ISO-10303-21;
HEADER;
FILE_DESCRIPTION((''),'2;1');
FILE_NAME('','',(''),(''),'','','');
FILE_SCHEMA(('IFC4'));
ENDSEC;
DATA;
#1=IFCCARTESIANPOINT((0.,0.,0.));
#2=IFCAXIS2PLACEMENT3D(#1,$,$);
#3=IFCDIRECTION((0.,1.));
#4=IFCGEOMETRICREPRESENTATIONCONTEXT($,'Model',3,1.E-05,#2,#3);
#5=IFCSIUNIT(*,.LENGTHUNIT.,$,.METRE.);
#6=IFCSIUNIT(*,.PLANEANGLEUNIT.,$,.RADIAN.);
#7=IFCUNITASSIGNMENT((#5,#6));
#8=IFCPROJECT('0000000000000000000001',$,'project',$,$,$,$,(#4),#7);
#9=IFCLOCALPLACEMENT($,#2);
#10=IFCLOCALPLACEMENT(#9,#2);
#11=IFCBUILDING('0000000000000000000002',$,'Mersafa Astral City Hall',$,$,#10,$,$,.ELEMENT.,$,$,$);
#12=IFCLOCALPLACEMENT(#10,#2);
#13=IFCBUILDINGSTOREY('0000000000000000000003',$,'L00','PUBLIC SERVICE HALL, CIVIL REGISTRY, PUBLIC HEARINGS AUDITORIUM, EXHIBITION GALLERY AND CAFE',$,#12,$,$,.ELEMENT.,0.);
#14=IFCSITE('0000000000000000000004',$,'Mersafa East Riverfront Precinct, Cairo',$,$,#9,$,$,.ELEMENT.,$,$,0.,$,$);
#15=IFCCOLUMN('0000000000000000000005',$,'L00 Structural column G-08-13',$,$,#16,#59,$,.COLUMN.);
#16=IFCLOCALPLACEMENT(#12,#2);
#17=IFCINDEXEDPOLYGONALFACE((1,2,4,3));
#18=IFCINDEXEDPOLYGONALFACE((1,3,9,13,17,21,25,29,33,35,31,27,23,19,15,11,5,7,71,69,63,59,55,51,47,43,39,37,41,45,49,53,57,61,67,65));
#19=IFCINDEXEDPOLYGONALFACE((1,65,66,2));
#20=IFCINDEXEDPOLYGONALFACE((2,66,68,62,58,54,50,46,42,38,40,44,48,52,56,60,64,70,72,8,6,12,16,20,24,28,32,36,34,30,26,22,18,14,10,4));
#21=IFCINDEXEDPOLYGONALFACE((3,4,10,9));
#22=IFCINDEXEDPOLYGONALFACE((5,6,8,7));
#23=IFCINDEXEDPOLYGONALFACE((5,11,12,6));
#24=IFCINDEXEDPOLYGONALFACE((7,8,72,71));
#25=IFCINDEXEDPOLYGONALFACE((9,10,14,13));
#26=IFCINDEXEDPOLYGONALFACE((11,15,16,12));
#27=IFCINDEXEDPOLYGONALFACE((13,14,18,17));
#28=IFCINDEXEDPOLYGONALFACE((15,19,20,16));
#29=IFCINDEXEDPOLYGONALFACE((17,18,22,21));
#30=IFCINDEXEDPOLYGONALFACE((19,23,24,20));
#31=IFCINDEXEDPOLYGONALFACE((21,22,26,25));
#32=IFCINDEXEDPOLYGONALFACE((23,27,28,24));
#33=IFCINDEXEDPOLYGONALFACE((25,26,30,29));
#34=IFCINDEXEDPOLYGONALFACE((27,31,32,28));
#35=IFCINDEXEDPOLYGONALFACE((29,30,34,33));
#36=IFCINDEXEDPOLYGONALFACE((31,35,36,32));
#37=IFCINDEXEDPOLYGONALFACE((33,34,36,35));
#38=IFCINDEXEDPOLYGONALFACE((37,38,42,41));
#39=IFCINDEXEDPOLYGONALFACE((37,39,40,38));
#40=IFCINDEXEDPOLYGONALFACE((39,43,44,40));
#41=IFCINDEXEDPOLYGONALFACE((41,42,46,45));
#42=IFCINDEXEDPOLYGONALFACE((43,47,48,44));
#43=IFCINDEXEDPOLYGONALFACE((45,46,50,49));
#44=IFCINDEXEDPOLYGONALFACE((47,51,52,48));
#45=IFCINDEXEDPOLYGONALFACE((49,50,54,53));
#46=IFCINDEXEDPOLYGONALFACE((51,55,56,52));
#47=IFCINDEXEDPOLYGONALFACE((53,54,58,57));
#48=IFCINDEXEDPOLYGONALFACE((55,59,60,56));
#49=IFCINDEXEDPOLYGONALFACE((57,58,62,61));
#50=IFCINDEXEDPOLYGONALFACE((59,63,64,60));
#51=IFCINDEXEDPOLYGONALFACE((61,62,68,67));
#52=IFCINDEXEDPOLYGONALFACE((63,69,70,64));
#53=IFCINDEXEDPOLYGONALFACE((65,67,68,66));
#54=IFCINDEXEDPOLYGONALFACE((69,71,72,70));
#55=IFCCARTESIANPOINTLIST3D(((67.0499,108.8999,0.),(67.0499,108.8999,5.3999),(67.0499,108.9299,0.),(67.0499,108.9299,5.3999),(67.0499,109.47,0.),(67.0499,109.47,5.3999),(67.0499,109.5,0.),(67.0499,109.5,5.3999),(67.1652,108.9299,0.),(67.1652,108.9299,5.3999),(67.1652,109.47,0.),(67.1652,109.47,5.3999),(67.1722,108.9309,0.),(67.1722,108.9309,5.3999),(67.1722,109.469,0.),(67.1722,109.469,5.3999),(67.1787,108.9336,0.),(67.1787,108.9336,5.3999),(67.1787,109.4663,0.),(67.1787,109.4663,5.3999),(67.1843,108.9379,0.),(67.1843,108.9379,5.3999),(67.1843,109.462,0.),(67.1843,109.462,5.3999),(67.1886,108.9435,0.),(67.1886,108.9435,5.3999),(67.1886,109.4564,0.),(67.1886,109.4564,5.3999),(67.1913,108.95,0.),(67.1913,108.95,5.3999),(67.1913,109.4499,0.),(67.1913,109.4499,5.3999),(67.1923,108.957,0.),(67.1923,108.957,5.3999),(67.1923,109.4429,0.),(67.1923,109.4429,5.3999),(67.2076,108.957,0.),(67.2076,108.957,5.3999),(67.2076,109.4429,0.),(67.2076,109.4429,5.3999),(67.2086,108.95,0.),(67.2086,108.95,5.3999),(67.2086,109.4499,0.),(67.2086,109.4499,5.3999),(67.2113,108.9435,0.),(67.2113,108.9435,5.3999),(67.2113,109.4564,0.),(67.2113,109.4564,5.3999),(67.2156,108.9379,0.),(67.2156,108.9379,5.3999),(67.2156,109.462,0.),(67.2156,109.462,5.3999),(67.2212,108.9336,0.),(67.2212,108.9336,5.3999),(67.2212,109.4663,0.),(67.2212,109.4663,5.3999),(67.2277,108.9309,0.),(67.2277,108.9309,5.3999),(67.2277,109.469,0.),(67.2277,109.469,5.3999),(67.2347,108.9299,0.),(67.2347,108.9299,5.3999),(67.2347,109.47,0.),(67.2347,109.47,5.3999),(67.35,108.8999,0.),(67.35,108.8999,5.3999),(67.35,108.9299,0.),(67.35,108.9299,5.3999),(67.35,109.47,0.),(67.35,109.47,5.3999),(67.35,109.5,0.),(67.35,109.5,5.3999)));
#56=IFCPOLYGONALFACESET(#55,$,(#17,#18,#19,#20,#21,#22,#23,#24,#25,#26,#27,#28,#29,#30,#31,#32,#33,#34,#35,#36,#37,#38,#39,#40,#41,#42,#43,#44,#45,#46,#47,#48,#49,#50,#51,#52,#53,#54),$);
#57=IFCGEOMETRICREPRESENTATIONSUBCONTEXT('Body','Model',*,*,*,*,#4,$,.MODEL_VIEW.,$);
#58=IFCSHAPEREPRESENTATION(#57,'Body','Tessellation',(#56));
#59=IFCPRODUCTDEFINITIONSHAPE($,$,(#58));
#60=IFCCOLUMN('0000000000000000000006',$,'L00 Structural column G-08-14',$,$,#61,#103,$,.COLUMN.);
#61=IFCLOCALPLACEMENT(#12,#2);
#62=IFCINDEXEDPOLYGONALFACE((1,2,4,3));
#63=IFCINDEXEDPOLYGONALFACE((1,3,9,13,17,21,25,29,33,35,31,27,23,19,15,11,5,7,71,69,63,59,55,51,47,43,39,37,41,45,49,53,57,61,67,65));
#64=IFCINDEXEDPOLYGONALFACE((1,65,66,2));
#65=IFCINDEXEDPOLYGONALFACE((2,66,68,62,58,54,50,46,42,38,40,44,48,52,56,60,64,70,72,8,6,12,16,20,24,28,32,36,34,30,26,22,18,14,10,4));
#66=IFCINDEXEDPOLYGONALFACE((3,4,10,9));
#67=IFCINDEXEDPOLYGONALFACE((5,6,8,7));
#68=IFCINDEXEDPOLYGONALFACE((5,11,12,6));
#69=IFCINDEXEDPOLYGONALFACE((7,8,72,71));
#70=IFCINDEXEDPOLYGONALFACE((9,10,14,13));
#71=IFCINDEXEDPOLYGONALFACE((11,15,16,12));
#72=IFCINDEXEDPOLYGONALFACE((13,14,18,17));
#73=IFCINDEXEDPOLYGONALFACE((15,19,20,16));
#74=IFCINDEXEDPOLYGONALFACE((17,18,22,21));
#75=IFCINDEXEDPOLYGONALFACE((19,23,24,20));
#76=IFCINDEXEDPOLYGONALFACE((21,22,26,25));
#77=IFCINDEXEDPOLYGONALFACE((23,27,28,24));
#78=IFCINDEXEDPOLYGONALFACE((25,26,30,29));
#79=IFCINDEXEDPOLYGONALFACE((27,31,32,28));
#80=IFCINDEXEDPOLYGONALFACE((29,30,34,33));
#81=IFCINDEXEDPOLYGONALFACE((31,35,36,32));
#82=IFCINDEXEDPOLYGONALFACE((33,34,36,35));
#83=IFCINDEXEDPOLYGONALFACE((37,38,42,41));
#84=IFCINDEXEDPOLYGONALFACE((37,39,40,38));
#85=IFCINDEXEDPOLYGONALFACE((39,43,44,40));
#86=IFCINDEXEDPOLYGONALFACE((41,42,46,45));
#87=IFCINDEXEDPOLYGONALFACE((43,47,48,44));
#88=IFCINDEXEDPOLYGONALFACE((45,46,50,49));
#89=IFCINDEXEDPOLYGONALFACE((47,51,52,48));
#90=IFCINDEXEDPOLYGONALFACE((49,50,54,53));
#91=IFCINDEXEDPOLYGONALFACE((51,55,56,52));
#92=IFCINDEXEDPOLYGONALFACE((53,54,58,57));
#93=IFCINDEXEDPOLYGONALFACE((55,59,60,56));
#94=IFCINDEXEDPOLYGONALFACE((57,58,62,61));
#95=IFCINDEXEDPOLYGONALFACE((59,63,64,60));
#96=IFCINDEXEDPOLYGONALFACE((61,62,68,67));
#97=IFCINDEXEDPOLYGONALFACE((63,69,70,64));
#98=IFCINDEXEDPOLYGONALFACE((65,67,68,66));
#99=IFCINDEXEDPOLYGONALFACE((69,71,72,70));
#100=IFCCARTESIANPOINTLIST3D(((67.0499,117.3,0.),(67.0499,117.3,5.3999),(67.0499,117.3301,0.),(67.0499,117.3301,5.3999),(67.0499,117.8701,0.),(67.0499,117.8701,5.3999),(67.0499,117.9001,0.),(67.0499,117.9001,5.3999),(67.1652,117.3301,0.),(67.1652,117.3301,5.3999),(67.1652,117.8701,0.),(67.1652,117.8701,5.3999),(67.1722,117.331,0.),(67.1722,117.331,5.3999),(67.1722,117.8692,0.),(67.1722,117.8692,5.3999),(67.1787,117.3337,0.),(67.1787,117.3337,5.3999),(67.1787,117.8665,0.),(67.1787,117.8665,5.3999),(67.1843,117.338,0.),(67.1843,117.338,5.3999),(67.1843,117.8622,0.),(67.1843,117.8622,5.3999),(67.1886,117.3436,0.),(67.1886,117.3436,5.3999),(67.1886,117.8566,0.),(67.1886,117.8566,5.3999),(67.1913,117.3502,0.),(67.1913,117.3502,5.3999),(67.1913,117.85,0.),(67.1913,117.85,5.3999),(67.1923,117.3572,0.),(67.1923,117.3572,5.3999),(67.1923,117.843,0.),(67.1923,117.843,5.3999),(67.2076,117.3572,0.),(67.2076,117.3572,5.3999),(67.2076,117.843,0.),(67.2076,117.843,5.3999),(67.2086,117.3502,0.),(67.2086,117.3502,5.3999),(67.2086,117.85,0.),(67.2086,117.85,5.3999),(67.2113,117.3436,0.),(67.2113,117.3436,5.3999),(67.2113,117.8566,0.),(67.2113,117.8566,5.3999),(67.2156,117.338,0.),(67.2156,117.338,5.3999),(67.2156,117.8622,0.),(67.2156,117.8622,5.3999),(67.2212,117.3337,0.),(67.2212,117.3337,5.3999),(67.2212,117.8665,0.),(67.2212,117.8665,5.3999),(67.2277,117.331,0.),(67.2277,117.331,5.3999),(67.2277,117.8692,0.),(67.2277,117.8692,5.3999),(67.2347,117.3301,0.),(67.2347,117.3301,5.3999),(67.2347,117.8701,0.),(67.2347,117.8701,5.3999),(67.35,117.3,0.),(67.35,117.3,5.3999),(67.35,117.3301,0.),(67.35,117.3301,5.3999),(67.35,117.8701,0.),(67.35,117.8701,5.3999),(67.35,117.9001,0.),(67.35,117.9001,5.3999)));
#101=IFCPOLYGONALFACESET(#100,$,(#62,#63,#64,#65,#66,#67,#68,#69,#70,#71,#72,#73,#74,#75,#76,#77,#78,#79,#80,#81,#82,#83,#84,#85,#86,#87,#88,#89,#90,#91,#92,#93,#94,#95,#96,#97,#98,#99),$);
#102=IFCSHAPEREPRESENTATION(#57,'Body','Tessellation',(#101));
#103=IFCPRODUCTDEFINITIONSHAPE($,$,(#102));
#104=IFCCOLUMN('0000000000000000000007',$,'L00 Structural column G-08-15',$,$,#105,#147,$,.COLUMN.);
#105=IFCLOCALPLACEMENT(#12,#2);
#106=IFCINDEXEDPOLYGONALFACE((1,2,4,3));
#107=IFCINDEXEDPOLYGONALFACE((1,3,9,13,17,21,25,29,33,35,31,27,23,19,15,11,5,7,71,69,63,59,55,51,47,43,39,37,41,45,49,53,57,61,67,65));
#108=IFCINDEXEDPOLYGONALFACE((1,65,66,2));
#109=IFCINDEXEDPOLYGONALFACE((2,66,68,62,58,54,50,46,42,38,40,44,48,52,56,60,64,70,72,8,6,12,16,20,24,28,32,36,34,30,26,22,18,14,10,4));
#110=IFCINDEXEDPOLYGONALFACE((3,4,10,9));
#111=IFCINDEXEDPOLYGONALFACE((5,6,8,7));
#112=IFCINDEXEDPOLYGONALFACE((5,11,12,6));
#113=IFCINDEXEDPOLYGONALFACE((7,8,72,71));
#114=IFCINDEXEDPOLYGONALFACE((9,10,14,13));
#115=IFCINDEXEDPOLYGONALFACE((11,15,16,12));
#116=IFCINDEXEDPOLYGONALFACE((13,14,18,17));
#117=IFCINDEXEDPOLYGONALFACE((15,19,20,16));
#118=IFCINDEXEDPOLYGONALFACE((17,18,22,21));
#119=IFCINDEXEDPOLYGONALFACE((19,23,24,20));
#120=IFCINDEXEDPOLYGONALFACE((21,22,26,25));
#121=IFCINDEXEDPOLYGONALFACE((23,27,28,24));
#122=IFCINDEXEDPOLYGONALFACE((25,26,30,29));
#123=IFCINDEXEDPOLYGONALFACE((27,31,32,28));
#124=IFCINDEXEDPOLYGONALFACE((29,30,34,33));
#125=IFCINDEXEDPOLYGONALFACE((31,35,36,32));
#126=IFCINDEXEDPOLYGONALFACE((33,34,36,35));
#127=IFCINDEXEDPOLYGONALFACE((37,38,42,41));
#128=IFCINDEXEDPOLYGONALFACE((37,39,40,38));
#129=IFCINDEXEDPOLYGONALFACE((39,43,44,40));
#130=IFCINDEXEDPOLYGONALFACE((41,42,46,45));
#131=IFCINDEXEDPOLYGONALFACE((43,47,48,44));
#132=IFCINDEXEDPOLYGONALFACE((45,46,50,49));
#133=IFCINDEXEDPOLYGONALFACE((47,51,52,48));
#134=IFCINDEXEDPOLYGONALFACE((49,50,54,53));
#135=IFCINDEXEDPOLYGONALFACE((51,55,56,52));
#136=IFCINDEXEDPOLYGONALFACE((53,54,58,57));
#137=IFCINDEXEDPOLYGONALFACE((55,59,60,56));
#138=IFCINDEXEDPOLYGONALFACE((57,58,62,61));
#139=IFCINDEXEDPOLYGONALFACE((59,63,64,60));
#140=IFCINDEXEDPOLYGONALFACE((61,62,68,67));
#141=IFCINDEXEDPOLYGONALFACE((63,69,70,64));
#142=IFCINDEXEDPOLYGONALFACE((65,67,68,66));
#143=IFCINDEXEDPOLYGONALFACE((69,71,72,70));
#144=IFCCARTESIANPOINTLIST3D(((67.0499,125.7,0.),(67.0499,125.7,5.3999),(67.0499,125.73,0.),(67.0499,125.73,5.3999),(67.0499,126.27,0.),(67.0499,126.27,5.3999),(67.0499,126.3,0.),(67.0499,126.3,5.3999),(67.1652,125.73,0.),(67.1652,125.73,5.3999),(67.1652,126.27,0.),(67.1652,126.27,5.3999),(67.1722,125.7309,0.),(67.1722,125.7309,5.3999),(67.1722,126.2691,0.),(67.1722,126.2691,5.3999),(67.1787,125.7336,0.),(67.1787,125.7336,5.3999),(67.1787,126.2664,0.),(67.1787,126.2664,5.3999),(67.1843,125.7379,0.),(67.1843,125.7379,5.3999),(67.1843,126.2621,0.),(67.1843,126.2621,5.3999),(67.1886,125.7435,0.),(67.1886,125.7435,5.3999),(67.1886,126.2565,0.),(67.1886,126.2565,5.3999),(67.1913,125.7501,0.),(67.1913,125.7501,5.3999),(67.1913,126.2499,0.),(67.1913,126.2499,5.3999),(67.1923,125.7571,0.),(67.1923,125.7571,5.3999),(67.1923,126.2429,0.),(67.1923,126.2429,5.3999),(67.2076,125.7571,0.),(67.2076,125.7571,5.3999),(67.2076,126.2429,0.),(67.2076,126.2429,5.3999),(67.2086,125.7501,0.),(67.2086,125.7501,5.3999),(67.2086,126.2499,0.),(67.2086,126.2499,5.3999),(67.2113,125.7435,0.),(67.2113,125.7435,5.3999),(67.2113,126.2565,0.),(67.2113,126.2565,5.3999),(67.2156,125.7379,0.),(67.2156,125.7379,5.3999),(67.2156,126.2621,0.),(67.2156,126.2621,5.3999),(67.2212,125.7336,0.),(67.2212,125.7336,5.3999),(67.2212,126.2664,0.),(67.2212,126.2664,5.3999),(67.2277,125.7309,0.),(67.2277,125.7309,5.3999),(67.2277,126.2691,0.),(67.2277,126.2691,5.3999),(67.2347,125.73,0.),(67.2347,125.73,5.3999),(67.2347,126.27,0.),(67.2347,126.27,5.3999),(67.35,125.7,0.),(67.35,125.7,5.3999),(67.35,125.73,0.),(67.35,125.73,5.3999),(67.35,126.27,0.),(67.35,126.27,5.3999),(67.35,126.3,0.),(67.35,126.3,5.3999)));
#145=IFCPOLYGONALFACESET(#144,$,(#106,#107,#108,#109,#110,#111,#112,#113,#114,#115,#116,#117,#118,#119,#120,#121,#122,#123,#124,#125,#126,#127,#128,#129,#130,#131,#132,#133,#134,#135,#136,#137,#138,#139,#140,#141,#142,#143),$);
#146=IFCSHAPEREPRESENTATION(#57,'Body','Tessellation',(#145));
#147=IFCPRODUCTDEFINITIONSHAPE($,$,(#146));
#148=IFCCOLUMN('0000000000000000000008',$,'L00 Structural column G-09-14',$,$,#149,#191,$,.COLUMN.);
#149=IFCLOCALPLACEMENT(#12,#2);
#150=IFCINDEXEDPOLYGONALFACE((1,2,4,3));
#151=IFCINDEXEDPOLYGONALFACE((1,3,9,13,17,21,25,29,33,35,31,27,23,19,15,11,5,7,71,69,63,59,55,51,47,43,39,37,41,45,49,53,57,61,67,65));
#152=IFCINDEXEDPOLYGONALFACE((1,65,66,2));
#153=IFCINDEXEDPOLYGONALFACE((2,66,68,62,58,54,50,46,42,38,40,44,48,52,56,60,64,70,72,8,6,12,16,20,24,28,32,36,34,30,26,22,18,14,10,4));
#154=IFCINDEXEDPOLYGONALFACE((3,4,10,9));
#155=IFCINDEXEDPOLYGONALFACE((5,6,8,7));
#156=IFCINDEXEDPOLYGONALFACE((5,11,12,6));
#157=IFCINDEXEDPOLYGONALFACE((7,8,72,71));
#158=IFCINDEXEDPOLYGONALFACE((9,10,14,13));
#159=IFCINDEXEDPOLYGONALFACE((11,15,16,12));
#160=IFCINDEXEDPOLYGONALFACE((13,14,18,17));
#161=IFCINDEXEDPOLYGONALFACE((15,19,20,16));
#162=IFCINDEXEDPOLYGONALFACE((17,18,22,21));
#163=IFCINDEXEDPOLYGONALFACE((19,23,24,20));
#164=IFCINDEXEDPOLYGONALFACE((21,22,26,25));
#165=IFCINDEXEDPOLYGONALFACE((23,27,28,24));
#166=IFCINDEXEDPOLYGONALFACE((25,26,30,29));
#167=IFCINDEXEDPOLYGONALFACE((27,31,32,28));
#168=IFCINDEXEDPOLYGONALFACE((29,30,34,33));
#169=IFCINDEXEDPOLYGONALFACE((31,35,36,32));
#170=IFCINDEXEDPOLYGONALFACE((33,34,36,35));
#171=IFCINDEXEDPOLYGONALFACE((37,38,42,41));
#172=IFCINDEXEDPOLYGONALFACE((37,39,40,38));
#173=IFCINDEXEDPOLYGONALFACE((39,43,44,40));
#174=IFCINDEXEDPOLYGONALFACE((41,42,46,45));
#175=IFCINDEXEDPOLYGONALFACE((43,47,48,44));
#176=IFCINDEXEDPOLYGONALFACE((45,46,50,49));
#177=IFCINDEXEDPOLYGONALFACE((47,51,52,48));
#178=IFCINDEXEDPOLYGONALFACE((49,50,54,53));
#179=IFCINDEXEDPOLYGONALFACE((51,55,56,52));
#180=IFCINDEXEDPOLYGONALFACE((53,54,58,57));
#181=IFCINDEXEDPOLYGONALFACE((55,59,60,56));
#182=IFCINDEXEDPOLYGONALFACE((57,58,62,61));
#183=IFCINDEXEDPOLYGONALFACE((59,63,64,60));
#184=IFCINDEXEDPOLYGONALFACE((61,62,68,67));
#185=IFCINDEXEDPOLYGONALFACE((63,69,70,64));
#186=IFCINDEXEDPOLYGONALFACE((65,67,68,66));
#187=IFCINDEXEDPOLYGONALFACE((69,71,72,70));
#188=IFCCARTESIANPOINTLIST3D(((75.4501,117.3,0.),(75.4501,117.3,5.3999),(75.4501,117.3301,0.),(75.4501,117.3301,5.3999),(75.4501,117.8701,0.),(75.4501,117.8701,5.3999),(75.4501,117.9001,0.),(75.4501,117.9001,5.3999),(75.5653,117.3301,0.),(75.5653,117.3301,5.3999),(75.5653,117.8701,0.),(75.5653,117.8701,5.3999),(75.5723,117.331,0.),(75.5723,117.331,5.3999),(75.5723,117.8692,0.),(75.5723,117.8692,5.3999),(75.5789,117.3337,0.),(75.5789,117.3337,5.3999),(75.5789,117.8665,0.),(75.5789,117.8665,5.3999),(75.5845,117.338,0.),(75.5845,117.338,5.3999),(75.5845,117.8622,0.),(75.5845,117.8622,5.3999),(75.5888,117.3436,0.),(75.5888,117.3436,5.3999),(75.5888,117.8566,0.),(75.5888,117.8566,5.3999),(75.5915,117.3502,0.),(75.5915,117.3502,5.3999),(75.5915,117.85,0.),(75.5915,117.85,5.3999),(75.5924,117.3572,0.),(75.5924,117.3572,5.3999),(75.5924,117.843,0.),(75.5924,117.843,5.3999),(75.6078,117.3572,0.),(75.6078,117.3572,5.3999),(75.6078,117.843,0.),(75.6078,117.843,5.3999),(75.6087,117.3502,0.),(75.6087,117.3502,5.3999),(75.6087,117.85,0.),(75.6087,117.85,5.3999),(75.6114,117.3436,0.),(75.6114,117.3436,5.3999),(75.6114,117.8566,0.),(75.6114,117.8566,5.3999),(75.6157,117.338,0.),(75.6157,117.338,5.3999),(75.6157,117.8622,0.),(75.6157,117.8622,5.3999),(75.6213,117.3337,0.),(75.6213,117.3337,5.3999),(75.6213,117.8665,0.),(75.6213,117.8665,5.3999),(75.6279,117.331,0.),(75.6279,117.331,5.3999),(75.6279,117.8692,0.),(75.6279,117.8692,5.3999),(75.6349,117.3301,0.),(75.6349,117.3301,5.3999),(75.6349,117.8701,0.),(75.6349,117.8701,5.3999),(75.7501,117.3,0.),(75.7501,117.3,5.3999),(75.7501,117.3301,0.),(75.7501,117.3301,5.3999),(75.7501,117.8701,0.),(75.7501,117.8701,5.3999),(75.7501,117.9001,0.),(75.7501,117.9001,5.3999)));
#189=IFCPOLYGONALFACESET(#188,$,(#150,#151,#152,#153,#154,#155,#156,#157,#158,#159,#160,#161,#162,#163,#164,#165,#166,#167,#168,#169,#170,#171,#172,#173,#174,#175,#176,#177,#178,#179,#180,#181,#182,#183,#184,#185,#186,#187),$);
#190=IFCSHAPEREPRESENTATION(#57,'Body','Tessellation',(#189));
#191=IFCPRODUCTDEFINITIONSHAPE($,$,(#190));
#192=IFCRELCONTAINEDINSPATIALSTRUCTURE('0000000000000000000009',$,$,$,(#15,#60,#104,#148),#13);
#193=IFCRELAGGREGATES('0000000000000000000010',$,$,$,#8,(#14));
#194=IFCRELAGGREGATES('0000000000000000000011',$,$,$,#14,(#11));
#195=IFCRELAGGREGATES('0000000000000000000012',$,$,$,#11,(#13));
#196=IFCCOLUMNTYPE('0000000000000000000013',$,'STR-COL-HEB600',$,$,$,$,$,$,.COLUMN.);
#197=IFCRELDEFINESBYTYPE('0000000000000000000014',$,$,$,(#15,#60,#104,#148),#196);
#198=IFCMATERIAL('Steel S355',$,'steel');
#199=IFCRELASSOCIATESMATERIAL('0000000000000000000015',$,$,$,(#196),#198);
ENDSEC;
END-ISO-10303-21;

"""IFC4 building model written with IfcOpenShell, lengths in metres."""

from ifc_helpers import new_model, si_unit, direction, frame, origin, origin_2d, place, context, subcontext, project, spatial, i_section, extrude, material, material_profile, profile_set, type_object, element, save


model = new_model("IFC4")

# Units and contexts
model_context = context("Model", 3, precision=1e-05, world=origin(), true_north=direction((0.0, 1.0)))
body_context = subcontext(model_context, "Body", "Model", "MODEL_VIEW")
ifc_project = project(units=[si_unit("LENGTHUNIT", "METRE"), si_unit("PLANEANGLEUNIT", "RADIAN")], contexts=[model_context])

# Site, building, storey
site_placement = place(None, origin())
site = spatial("IfcSite", under=ifc_project, at=site_placement, Name="Mersafa East Riverfront Precinct, Cairo", CompositionType="ELEMENT", RefElevation=0.0)
building_placement = place(site_placement, origin())
building = spatial("IfcBuilding", under=site, at=building_placement, Name="Mersafa Astral City Hall", CompositionType="ELEMENT")
storey_placement = place(building_placement, origin())
storey = spatial("IfcBuildingStorey", under=building, at=storey_placement, Name="L00", Description="PUBLIC SERVICE HALL, CIVIL REGISTRY, PUBLIC HEARINGS AUDITORIUM, EXHIBITION GALLERY AND CAFE", CompositionType="ELEMENT", Elevation=0.0)

# Columns
ifc_material_1 = material(Name="Steel S355", Category="steel")
ifc_material_profile_1 = material_profile(ifc_material_1, i_section(OverallWidth=0.3, OverallDepth=0.6001, WebThickness=0.0154, FlangeThickness=0.03, FilletRadius=0.0271, at=origin_2d()), Name="HEB 600")
ifc_profile_set_1 = profile_set([ifc_material_profile_1], Name="Steel S355")
column_type = type_object("IfcColumnType", Name="STR-COL-HEB600", PredefinedType="COLUMN", material=ifc_profile_set_1)
for number, where, z_axis, x_axis, name in (
    (1, (67.2, 109.2, 0.0), (0.0, 0.0, 1.0), (1.0, 0.0, 0.0), "L00 Structural column G-08-13"),
    (2, (67.2, 117.6001, 0.0), (0.0, 0.0, 1.0), (1.0, 0.0, 0.0), "L00 Structural column G-08-14"),
    (3, (67.2, 126.0, 0.0), (0.0, 0.0, 1.0), (1.0, 0.0, 0.0), "L00 Structural column G-08-15"),
    (4, (75.6001, 117.6001, 0.0), (0.0, 0.0, 1.0), (1.0, 0.0, 0.0), "L00 Structural column G-09-14"),
):
    element("IfcColumn", number, at=place(storey_placement, frame(where, z_axis=z_axis, x_axis=x_axis)), inside=storey, type_object=column_type, Name=name, PredefinedType="COLUMN", context=body_context, shape_type="SweptSolid", body=[
        extrude(i_section(OverallWidth=0.3, OverallDepth=0.6001, WebThickness=0.0154, FlangeThickness=0.03, FilletRadius=0.0271, at=origin_2d()), origin(), (0.0, 0.0, 1.0), 5.3999),
    ])

save(model, "model.ifc")
